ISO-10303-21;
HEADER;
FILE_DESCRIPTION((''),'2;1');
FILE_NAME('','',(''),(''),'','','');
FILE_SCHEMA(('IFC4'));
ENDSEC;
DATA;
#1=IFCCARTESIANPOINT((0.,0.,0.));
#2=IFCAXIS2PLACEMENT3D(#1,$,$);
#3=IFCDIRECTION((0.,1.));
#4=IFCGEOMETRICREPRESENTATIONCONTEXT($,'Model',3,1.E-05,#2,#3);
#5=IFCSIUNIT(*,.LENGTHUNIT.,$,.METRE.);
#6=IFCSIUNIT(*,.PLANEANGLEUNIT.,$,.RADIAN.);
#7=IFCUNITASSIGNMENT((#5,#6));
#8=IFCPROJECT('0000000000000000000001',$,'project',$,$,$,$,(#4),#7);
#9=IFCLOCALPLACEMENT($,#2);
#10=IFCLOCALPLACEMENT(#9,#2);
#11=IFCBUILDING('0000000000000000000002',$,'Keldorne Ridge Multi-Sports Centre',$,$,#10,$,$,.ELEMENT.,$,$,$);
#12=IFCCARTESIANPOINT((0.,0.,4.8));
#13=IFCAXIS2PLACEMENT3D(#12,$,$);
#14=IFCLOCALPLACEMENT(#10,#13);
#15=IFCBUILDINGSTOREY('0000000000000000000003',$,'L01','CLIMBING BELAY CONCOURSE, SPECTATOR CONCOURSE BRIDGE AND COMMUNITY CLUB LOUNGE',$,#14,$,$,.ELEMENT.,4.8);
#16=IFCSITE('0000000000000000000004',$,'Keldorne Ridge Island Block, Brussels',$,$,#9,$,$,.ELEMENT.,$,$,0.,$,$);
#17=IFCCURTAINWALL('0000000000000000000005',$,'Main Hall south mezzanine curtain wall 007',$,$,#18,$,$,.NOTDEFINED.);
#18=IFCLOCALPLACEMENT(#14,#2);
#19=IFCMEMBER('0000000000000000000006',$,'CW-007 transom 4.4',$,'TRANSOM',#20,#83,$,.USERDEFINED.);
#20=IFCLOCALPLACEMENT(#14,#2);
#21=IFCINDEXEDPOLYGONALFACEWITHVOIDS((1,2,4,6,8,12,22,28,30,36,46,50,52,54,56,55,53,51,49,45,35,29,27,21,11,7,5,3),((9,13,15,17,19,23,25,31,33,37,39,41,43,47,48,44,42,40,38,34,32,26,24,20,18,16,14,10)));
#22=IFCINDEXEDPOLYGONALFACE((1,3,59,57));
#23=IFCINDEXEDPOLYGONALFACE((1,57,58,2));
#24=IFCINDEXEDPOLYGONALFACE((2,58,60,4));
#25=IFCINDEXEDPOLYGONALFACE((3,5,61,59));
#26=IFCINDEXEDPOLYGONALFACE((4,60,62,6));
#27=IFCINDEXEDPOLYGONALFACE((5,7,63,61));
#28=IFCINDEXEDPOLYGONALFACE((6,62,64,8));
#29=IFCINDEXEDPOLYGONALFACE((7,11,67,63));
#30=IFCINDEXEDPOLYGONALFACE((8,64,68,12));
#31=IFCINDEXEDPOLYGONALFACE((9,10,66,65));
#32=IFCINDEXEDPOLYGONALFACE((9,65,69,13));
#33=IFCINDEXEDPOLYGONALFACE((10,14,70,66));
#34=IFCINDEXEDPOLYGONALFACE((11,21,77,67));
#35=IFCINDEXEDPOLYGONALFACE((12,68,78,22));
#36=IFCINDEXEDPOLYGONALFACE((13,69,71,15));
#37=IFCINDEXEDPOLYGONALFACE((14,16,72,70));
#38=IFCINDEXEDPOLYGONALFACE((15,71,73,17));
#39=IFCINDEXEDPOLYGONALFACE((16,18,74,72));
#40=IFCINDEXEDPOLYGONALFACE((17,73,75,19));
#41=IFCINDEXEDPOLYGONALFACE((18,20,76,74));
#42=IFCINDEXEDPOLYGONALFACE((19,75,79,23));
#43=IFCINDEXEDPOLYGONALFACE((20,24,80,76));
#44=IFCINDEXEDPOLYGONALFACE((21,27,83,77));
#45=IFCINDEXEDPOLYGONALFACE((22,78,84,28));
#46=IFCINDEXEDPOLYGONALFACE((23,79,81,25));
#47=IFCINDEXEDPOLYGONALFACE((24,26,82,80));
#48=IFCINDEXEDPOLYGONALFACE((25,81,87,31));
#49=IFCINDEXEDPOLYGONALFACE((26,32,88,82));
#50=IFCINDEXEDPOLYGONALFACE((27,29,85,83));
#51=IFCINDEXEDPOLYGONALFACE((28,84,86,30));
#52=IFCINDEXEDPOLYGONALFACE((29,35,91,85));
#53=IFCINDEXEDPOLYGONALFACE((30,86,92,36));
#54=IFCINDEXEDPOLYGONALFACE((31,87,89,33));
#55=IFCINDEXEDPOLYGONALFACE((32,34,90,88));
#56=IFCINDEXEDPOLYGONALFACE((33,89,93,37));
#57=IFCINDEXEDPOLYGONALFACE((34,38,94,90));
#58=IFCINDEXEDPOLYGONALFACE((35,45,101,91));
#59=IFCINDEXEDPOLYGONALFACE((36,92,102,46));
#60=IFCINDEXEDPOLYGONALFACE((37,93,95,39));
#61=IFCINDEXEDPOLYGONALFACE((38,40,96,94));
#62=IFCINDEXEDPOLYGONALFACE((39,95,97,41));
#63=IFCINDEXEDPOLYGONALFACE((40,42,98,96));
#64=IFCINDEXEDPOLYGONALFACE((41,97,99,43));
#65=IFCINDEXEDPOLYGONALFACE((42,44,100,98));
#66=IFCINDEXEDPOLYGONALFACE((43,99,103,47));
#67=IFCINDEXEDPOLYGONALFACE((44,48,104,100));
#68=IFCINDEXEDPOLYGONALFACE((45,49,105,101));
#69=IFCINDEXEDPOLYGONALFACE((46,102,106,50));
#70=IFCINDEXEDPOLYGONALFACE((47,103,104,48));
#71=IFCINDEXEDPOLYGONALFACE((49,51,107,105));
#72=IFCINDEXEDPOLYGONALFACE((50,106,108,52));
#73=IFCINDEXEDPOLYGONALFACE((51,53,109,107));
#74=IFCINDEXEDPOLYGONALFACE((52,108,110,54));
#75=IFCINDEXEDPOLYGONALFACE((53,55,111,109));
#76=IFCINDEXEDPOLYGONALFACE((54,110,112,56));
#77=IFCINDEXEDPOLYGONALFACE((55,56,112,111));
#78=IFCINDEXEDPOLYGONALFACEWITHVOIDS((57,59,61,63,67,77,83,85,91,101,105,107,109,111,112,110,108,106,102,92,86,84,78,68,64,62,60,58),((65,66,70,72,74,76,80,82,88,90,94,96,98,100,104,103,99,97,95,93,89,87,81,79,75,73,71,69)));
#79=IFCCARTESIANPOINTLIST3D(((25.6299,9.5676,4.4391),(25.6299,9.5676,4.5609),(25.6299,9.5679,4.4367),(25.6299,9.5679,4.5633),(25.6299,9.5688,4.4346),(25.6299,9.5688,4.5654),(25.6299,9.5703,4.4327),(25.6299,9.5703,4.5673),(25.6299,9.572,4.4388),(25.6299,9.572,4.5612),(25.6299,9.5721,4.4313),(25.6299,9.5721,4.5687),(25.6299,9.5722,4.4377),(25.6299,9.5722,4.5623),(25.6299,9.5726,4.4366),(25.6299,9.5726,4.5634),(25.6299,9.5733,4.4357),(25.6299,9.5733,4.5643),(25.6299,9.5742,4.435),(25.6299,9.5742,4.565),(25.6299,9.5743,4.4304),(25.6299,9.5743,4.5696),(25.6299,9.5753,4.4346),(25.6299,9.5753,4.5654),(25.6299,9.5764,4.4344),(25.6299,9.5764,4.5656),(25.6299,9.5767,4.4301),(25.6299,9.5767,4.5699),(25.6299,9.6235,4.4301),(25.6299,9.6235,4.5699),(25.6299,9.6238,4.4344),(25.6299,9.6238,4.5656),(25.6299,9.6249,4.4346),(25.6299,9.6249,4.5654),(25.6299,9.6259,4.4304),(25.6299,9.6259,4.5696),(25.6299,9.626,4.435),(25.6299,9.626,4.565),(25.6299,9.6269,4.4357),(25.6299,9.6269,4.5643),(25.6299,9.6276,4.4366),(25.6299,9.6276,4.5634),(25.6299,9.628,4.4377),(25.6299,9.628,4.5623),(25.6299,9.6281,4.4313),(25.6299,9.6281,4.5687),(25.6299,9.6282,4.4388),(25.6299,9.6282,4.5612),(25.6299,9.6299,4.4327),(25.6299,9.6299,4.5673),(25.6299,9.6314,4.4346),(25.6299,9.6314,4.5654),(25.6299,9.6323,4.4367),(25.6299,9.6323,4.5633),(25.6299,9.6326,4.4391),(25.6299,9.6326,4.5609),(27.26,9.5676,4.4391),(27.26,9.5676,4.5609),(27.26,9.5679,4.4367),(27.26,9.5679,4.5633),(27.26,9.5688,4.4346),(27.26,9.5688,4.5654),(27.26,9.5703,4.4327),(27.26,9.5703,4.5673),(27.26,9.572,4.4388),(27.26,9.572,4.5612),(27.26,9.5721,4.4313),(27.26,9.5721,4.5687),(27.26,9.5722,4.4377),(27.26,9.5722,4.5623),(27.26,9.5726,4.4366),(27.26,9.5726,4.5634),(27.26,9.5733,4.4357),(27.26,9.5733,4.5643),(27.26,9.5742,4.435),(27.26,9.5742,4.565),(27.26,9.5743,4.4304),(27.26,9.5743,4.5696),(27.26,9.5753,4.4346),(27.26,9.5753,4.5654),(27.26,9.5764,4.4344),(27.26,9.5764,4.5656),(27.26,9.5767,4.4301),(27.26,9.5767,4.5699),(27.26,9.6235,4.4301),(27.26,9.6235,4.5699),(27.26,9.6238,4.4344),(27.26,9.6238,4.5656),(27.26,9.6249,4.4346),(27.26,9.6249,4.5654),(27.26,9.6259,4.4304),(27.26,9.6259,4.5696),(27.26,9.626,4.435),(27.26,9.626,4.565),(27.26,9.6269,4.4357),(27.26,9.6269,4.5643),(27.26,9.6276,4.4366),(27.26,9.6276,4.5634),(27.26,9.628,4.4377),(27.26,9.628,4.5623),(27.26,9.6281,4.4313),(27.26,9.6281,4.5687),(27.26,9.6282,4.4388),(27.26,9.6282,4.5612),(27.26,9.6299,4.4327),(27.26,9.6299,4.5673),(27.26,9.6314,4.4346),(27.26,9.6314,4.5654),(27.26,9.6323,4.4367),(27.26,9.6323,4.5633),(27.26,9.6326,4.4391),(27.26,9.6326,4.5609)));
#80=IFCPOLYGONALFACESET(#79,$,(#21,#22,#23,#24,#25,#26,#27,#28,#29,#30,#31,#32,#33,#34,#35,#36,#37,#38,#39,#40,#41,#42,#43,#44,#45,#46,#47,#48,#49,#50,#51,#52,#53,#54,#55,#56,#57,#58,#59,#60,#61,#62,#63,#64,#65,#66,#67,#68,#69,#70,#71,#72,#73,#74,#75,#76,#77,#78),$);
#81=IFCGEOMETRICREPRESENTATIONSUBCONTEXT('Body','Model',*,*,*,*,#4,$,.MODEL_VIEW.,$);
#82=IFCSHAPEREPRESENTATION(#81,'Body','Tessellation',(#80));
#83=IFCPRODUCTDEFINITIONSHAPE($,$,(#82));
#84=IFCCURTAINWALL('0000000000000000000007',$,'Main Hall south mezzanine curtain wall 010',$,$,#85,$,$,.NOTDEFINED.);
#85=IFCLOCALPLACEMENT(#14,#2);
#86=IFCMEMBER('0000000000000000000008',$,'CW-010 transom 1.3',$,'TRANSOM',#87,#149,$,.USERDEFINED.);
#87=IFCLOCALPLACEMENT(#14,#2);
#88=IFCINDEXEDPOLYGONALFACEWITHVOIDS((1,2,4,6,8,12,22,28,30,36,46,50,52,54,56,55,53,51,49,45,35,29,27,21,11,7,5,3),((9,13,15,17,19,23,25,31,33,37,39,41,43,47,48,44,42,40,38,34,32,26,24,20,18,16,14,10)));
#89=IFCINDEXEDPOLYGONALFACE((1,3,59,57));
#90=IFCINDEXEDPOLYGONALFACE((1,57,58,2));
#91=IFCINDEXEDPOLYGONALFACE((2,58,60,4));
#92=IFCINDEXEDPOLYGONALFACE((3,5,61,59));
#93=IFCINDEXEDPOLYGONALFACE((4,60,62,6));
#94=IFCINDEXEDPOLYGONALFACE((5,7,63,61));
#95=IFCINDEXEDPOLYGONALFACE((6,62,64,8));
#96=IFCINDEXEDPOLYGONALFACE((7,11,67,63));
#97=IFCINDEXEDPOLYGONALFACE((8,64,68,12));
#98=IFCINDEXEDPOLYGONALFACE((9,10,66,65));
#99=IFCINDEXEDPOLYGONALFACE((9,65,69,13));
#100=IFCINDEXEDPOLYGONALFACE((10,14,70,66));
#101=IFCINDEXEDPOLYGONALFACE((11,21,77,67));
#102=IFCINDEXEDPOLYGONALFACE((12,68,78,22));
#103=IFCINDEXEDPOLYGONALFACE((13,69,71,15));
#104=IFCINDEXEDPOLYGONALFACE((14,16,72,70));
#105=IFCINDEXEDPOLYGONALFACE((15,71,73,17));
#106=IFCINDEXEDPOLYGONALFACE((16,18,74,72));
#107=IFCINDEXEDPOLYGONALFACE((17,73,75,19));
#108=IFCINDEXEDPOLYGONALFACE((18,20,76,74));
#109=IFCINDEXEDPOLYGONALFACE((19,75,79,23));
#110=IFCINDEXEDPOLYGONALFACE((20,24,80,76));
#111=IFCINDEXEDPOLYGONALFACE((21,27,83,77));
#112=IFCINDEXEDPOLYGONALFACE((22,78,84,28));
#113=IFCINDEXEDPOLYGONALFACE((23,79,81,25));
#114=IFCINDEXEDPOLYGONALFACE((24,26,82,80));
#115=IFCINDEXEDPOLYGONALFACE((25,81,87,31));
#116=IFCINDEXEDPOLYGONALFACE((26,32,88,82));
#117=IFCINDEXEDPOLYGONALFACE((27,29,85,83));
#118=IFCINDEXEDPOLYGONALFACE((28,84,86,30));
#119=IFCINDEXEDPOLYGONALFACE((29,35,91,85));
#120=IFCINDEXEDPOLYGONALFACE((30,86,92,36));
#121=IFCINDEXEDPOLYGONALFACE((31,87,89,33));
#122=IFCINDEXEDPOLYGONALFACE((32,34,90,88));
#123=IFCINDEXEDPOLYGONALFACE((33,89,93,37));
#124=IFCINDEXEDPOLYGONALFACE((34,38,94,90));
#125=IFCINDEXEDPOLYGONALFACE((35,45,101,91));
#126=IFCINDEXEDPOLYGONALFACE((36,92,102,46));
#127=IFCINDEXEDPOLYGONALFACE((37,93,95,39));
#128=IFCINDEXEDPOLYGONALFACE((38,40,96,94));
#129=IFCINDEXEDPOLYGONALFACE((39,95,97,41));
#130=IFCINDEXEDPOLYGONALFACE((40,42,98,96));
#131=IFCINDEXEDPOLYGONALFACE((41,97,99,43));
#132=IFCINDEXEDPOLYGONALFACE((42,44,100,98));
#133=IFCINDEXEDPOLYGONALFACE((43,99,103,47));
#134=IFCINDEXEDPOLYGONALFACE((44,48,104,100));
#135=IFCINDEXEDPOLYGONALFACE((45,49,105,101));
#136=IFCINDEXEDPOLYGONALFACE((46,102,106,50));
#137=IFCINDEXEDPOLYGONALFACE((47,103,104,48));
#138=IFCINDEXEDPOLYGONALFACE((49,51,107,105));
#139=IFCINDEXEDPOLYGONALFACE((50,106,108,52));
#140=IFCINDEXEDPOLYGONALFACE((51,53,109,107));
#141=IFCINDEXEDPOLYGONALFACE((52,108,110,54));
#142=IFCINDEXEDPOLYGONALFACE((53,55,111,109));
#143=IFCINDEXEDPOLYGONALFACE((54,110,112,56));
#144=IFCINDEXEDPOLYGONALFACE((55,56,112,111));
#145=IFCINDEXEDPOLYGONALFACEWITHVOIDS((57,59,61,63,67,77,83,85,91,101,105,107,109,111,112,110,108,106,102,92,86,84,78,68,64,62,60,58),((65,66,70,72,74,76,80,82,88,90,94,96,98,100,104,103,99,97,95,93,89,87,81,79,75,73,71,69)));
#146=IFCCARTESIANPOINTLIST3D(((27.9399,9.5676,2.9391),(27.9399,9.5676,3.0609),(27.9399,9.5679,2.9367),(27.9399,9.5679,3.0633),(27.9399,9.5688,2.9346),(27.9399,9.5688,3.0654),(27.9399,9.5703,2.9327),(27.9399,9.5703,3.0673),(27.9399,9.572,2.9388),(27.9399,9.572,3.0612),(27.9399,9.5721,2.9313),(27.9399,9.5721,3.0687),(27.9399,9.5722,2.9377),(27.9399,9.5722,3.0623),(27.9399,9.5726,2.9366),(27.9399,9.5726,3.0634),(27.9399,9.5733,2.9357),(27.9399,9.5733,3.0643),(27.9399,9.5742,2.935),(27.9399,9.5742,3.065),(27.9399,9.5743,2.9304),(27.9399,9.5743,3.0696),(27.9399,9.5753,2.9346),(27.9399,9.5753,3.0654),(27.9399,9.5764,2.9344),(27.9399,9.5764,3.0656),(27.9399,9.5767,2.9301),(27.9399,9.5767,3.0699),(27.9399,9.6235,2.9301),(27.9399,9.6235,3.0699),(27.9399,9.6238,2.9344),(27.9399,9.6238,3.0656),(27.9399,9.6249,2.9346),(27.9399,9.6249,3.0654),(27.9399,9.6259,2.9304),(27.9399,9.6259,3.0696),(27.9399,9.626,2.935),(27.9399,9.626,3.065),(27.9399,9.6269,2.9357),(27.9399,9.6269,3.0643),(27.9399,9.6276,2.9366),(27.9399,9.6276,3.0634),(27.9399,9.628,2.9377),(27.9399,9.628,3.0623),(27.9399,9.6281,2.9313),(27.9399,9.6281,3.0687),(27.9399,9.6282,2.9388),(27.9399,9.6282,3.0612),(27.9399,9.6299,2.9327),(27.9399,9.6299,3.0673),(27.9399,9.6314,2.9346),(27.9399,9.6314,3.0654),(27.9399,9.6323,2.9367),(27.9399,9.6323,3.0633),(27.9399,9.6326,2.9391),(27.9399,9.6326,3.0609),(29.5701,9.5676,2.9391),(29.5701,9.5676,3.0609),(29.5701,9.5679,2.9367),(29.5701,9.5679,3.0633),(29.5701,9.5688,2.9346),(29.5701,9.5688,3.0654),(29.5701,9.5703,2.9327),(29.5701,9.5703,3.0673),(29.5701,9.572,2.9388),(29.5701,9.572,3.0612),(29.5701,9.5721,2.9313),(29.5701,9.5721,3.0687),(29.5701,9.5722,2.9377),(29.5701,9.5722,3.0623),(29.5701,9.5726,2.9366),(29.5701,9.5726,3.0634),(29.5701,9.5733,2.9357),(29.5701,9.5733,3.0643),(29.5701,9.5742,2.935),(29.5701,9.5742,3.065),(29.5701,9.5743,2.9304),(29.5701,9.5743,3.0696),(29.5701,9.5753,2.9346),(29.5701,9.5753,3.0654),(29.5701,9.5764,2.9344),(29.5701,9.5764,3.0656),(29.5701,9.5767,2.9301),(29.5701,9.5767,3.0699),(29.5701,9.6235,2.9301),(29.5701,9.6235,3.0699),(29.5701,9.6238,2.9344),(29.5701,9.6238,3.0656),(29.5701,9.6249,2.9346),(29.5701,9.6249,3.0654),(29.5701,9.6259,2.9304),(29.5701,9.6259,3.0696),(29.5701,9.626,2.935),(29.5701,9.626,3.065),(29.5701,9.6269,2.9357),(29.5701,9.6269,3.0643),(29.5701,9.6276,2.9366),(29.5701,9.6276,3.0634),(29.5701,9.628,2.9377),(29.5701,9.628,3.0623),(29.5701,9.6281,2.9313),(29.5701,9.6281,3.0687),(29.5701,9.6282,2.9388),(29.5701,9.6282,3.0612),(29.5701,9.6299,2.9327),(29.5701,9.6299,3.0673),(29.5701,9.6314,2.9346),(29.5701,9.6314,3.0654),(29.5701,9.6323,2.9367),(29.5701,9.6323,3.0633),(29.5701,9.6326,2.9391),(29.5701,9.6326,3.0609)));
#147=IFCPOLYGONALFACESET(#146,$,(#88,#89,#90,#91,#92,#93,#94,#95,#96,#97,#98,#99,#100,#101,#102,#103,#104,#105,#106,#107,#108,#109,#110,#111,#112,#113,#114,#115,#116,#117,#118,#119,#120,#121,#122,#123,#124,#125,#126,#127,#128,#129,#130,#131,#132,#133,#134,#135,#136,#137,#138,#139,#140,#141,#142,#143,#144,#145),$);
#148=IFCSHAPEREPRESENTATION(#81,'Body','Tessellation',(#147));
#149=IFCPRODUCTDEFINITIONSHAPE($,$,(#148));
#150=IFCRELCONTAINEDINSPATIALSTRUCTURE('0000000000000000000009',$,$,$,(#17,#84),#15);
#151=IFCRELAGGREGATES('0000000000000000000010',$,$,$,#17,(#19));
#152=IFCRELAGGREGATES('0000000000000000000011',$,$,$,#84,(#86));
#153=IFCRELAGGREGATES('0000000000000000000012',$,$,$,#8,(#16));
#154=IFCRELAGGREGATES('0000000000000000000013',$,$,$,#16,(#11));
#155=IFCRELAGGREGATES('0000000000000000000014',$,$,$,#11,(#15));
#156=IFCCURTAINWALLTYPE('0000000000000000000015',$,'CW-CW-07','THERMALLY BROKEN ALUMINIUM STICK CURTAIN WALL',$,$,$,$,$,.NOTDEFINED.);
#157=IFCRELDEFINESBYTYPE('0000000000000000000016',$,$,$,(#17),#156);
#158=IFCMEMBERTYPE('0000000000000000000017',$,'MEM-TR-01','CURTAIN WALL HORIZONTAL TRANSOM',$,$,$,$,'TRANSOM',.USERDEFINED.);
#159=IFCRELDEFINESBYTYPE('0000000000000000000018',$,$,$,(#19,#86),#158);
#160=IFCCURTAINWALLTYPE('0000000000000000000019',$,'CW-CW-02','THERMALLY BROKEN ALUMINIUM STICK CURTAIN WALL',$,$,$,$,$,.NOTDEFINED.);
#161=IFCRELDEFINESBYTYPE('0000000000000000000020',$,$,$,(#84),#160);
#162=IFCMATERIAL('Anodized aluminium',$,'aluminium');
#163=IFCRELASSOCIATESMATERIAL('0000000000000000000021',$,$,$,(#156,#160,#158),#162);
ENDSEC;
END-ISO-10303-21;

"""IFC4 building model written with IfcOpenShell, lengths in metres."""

from ifc_helpers import new_model, si_unit, direction, frame, origin, origin_2d, place, context, subcontext, project, spatial, hollow_rectangle, extrude, material, material_profile, profile_set, type_object, element, aggregate, save


model = new_model("IFC4")

# Units and contexts
model_context = context("Model", 3, precision=1e-05, world=origin(), true_north=direction((0.0, 1.0)))
body_context = subcontext(model_context, "Body", "Model", "MODEL_VIEW")
ifc_project = project(units=[si_unit("LENGTHUNIT", "METRE"), si_unit("PLANEANGLEUNIT", "RADIAN")], contexts=[model_context])

# Site, building, storey
site_placement = place(None, origin())
site = spatial("IfcSite", under=ifc_project, at=site_placement, Name="Keldorne Ridge Island Block, Brussels", CompositionType="ELEMENT", RefElevation=0.0)
building_placement = place(site_placement, origin())
building = spatial("IfcBuilding", under=site, at=building_placement, Name="Keldorne Ridge Multi-Sports Centre", CompositionType="ELEMENT")
storey_placement = place(building_placement, frame((0.0, 0.0, 4.8)))
storey = spatial("IfcBuildingStorey", under=building, at=storey_placement, Name="L01", Description="CLIMBING BELAY CONCOURSE, SPECTATOR CONCOURSE BRIDGE AND COMMUNITY CLUB LOUNGE", CompositionType="ELEMENT", Elevation=4.8)

# Curtain walls, members
ifc_material_1 = material(Name="Anodized aluminium", Category="aluminium")
curtain_wall_type_1 = type_object("IfcCurtainWallType", Name="CW-CW-07", Description="THERMALLY BROKEN ALUMINIUM STICK CURTAIN WALL", PredefinedType="NOTDEFINED", material=ifc_material_1)
curtain_wall_1_placement = place(storey_placement, origin())
curtain_wall_1 = element("IfcCurtainWall", 1, at=curtain_wall_1_placement, inside=storey, type_object=curtain_wall_type_1, Name="Main Hall south mezzanine curtain wall 007", PredefinedType="NOTDEFINED")
ifc_material_profile_1 = material_profile(ifc_material_1, hollow_rectangle(XDim=0.0649, YDim=0.1399, WallThickness=0.0044, InnerFilletRadius=0.0044, OuterFilletRadius=0.009, at=origin_2d()), Name="ALU TRANSOM 140x65x4.5")
ifc_profile_set_1 = profile_set([ifc_material_profile_1], Name="Anodized aluminium")
member_type = type_object("IfcMemberType", Name="MEM-TR-01", Description="CURTAIN WALL HORIZONTAL TRANSOM", ElementType="TRANSOM", PredefinedType="USERDEFINED", material=ifc_profile_set_1)
member_1_placement = place(storey_placement, frame((25.6299, 9.6001, 4.5), z_axis=(1.0, 0.0, 0.0), x_axis=(0.0, 1.0, 0.0)))
member_1 = element("IfcMember", 2, at=member_1_placement, type_object=member_type, Name="CW-007 transom 4.4", ObjectType="TRANSOM", PredefinedType="USERDEFINED", context=body_context, shape_type="SweptSolid", body=[
    extrude(hollow_rectangle(XDim=0.0649, YDim=0.1399, WallThickness=0.0044, InnerFilletRadius=0.0044, OuterFilletRadius=0.009, at=origin_2d()), origin(), (0.0, 0.0, 1.0), 1.6301),
])
curtain_wall_type_2 = type_object("IfcCurtainWallType", Name="CW-CW-02", Description="THERMALLY BROKEN ALUMINIUM STICK CURTAIN WALL", PredefinedType="NOTDEFINED", material=ifc_material_1)
curtain_wall_2_placement = place(storey_placement, origin())
curtain_wall_2 = element("IfcCurtainWall", 3, at=curtain_wall_2_placement, inside=storey, type_object=curtain_wall_type_2, Name="Main Hall south mezzanine curtain wall 010", PredefinedType="NOTDEFINED")
member_2_placement = place(storey_placement, frame((27.9399, 9.6001, 3.0), z_axis=(1.0, 0.0, 0.0), x_axis=(0.0, 1.0, 0.0)))
member_2 = element("IfcMember", 4, at=member_2_placement, type_object=member_type, Name="CW-010 transom 1.3", ObjectType="TRANSOM", PredefinedType="USERDEFINED", context=body_context, shape_type="SweptSolid", body=[
    extrude(hollow_rectangle(XDim=0.0649, YDim=0.1399, WallThickness=0.0044, InnerFilletRadius=0.0044, OuterFilletRadius=0.009, at=origin_2d()), origin(), (0.0, 0.0, 1.0), 1.6301),
])

aggregate(curtain_wall_1, [member_1])
aggregate(curtain_wall_2, [member_2])

save(model, "model.ifc")
